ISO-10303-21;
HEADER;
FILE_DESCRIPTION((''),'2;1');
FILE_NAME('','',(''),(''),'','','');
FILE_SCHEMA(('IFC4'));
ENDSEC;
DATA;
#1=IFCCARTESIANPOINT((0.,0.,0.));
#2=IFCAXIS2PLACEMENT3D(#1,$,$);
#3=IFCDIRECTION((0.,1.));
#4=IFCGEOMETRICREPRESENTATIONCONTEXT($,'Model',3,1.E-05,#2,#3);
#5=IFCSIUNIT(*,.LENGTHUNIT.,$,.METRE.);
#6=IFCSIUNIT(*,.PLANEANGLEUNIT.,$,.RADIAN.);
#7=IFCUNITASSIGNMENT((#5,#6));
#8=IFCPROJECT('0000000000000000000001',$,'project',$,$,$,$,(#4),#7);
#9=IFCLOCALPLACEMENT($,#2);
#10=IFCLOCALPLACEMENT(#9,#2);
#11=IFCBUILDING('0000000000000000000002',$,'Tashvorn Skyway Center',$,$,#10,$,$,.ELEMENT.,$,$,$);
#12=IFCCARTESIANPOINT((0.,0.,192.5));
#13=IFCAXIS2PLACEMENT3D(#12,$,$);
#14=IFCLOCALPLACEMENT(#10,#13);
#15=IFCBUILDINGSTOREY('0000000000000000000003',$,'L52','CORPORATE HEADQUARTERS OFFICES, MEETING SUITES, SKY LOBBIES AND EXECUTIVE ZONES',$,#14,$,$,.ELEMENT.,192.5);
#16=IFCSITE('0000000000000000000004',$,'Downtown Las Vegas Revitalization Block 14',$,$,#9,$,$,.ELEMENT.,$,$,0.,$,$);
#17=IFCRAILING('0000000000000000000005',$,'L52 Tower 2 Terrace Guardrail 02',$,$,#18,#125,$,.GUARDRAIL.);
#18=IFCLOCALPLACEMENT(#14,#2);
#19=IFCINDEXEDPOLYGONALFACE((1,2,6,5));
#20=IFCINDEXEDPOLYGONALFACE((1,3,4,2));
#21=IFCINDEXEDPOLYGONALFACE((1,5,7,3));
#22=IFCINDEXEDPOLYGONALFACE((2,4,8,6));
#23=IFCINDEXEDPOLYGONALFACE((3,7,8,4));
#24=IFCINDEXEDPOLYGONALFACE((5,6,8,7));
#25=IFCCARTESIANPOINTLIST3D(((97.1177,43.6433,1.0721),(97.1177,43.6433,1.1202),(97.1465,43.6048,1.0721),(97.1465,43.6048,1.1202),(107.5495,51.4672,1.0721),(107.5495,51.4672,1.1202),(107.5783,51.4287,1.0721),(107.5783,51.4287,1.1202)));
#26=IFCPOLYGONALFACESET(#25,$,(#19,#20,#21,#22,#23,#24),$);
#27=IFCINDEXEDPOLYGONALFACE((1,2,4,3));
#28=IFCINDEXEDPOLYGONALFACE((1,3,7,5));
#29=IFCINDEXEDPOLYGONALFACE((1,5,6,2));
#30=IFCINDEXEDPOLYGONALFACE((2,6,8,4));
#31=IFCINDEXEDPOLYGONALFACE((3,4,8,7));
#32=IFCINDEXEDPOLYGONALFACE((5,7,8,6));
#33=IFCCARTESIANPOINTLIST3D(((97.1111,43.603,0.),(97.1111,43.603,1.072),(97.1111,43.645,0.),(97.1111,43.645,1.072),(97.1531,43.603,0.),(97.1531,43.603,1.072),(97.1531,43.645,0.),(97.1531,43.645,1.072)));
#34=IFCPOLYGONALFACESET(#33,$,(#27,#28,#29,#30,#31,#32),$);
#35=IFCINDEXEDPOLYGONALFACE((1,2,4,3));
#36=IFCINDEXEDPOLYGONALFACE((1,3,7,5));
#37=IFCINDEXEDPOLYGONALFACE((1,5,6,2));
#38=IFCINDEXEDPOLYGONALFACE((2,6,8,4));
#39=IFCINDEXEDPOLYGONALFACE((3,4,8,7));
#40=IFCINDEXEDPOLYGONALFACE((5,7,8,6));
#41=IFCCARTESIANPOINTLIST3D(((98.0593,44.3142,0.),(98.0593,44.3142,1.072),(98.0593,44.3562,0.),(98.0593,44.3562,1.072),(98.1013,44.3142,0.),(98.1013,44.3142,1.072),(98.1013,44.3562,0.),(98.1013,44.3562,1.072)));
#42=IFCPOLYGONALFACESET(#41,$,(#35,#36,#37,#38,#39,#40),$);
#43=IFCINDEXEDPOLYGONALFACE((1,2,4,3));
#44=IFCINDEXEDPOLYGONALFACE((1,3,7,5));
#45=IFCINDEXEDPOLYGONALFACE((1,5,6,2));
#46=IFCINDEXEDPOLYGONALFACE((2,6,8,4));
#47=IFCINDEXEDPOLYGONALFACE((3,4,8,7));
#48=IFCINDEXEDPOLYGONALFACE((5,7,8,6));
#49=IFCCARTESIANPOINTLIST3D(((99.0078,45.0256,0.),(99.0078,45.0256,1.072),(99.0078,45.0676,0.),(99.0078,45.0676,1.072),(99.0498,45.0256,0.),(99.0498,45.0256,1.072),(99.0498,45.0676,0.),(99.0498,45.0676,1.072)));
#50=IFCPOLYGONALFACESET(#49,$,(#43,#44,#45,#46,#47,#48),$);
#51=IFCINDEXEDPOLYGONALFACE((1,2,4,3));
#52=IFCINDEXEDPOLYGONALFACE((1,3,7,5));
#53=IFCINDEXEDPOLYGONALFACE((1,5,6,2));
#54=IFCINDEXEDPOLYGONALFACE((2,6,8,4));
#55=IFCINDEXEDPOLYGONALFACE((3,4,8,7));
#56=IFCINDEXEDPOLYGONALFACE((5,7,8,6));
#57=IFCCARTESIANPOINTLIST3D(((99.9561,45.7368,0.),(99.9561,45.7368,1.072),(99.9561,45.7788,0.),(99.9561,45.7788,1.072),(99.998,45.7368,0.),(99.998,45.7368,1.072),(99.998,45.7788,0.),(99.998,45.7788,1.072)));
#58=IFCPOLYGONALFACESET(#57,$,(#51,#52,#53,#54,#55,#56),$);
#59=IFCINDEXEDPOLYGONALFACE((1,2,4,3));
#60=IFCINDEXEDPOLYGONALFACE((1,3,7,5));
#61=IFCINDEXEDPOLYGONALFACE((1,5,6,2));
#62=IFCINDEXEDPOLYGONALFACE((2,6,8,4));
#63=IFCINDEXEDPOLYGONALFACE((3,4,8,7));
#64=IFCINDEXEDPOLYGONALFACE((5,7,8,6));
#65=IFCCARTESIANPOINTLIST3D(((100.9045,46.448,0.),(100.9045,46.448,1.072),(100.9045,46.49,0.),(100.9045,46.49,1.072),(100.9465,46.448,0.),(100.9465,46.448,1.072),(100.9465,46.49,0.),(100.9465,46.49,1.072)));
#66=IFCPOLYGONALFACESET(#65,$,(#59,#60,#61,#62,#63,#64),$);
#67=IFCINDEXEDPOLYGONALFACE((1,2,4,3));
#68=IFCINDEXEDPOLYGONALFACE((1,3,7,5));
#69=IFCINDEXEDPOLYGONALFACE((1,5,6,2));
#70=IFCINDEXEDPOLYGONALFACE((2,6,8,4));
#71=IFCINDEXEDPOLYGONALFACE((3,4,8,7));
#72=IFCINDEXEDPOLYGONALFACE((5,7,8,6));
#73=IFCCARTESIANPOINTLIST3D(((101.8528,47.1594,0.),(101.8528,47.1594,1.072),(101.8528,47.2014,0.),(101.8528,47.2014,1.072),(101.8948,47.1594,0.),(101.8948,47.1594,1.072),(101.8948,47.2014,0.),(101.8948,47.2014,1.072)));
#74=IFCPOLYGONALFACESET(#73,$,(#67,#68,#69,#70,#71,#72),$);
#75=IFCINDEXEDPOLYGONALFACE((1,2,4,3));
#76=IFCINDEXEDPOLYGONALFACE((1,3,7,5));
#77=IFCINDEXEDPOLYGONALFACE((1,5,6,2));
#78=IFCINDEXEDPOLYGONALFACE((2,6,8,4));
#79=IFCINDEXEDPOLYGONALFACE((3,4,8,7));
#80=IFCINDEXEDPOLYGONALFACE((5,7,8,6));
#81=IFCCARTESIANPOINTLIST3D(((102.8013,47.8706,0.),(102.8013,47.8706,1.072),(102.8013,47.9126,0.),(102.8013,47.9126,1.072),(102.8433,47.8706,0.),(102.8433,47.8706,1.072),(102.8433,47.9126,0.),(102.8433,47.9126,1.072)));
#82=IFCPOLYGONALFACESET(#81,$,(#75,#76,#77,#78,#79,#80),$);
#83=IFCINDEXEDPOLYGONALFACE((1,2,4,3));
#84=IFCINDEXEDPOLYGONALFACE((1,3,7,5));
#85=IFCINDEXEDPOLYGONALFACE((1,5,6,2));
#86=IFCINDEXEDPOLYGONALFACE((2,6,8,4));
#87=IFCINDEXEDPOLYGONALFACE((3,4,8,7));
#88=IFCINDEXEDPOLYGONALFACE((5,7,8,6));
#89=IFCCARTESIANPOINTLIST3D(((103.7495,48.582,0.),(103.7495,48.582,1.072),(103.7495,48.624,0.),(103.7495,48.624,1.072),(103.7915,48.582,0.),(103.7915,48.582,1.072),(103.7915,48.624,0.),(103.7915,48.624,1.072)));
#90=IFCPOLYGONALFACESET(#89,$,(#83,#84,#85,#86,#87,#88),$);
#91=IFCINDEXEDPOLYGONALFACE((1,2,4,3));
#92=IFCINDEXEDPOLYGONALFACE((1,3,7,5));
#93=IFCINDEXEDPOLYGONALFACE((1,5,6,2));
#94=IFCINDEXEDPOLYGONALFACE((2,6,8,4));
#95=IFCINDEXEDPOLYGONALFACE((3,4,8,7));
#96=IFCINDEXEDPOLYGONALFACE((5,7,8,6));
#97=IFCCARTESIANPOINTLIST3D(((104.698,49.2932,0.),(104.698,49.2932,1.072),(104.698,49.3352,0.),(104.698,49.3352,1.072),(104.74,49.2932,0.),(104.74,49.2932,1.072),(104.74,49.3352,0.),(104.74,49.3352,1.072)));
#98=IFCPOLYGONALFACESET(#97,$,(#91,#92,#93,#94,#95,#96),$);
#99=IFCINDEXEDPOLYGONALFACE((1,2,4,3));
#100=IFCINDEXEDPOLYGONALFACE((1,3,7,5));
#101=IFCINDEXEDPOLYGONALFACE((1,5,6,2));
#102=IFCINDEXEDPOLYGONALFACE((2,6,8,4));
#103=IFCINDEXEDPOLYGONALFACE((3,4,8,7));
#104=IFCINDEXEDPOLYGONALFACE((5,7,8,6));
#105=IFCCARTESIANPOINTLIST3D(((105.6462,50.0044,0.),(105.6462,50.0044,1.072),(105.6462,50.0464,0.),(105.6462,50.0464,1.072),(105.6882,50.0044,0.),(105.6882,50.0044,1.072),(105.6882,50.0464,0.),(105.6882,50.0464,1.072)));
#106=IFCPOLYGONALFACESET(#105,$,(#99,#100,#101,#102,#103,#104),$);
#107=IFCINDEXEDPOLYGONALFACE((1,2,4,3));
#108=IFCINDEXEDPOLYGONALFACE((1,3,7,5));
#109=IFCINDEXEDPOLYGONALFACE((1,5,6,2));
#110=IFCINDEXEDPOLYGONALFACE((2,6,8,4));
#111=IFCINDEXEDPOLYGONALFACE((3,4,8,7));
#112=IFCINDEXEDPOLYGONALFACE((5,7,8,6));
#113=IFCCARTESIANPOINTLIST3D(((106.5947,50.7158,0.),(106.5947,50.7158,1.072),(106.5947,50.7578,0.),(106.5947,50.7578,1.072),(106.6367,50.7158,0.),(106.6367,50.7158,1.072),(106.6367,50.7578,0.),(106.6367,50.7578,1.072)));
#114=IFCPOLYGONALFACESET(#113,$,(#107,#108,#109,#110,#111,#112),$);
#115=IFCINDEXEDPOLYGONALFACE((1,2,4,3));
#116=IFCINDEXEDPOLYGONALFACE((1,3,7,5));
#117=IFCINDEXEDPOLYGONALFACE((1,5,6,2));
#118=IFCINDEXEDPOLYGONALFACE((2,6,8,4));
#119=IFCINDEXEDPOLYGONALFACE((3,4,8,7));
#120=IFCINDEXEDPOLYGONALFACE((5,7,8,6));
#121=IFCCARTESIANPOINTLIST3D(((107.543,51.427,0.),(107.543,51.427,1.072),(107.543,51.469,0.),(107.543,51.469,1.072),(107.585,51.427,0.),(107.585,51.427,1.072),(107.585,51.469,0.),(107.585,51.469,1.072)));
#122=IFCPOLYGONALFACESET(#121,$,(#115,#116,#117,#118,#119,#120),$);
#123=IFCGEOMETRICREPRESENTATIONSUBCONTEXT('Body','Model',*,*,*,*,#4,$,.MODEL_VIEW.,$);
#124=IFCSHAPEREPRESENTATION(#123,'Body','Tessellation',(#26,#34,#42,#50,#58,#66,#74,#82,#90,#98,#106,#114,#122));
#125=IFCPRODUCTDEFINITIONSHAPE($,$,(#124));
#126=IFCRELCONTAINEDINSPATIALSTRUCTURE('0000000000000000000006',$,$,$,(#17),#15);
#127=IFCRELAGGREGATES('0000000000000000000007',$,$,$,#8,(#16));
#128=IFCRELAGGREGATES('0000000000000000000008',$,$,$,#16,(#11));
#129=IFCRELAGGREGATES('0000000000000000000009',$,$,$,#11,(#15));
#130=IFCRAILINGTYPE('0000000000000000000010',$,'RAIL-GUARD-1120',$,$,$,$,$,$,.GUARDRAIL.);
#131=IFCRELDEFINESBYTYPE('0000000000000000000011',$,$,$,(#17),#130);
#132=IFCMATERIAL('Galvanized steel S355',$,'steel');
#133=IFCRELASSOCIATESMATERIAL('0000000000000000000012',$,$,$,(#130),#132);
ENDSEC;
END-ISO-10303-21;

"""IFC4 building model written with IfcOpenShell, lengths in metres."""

from ifc_helpers import new_model, si_unit, direction, frame, origin, origin_2d, place, context, subcontext, project, spatial, rectangle, extrude, material, type_object, element, save


model = new_model("IFC4")

# Units and contexts
model_context = context("Model", 3, precision=1e-05, world=origin(), true_north=direction((0.0, 1.0)))
body_context = subcontext(model_context, "Body", "Model", "MODEL_VIEW")
ifc_project = project(units=[si_unit("LENGTHUNIT", "METRE"), si_unit("PLANEANGLEUNIT", "RADIAN")], contexts=[model_context])

# Site, building, storey
site_placement = place(None, origin())
site = spatial("IfcSite", under=ifc_project, at=site_placement, Name="Downtown Las Vegas Revitalization Block 14", CompositionType="ELEMENT", RefElevation=0.0)
building_placement = place(site_placement, origin())
building = spatial("IfcBuilding", under=site, at=building_placement, Name="Tashvorn Skyway Center", CompositionType="ELEMENT")
storey_placement = place(building_placement, frame((0.0, 0.0, 192.5)))
storey = spatial("IfcBuildingStorey", under=building, at=storey_placement, Name="L52", Description="CORPORATE HEADQUARTERS OFFICES, MEETING SUITES, SKY LOBBIES AND EXECUTIVE ZONES", CompositionType="ELEMENT", Elevation=192.5)

# Railing
ifc_material_1 = material(Name="Galvanized steel S355", Category="steel")
railing_type = type_object("IfcRailingType", Name="RAIL-GUARD-1120", PredefinedType="GUARDRAIL", material=ifc_material_1)
railing_placement = place(storey_placement, frame((97.1321, 43.624, 0.0)))
element("IfcRailing", 1, at=railing_placement, inside=storey, type_object=railing_type, Name="L52 Tower 2 Terrace Guardrail 02", PredefinedType="GUARDRAIL", context=body_context, shape_type="SweptSolid", body=[
    extrude(rectangle(XDim=0.0481, YDim=0.0481, at=origin_2d()), frame((0.0, 0.0, 1.0962), z_axis=(0.799998, 0.600003, 0.0), x_axis=(-0.600003, 0.799998, 0.0)), (0.0, 0.0, 1.0), 13.0398),
    extrude(rectangle(XDim=0.042, YDim=0.042, at=origin_2d()), origin(), (0.0, 0.0, 1.0), 1.072),
    extrude(rectangle(XDim=0.042, YDim=0.042, at=origin_2d()), frame((0.9482, 0.7112, 0.0)), (0.0, 0.0, 1.0), 1.072),
    extrude(rectangle(XDim=0.042, YDim=0.042, at=origin_2d()), frame((1.8967, 1.4226, 0.0)), (0.0, 0.0, 1.0), 1.072),
    extrude(rectangle(XDim=0.042, YDim=0.042, at=origin_2d()), frame((2.845, 2.1338, 0.0)), (0.0, 0.0, 1.0), 1.072),
    extrude(rectangle(XDim=0.042, YDim=0.042, at=origin_2d()), frame((3.7935, 2.845, 0.0)), (0.0, 0.0, 1.0), 1.072),
    extrude(rectangle(XDim=0.042, YDim=0.042, at=origin_2d()), frame((4.7417, 3.5564, 0.0)), (0.0, 0.0, 1.0), 1.072),
    extrude(rectangle(XDim=0.042, YDim=0.042, at=origin_2d()), frame((5.6902, 4.2676, 0.0)), (0.0, 0.0, 1.0), 1.072),
    extrude(rectangle(XDim=0.042, YDim=0.042, at=origin_2d()), frame((6.6384, 4.979, 0.0)), (0.0, 0.0, 1.0), 1.072),
    extrude(rectangle(XDim=0.042, YDim=0.042, at=origin_2d()), frame((7.5869, 5.6902, 0.0)), (0.0, 0.0, 1.0), 1.072),
    extrude(rectangle(XDim=0.042, YDim=0.042, at=origin_2d()), frame((8.5352, 6.4014, 0.0)), (0.0, 0.0, 1.0), 1.072),
    extrude(rectangle(XDim=0.042, YDim=0.042, at=origin_2d()), frame((9.4836, 7.1128, 0.0)), (0.0, 0.0, 1.0), 1.072),
    extrude(rectangle(XDim=0.042, YDim=0.042, at=origin_2d()), frame((10.4319, 7.824, 0.0)), (0.0, 0.0, 1.0), 1.072),
])

save(model, "model.ifc")
